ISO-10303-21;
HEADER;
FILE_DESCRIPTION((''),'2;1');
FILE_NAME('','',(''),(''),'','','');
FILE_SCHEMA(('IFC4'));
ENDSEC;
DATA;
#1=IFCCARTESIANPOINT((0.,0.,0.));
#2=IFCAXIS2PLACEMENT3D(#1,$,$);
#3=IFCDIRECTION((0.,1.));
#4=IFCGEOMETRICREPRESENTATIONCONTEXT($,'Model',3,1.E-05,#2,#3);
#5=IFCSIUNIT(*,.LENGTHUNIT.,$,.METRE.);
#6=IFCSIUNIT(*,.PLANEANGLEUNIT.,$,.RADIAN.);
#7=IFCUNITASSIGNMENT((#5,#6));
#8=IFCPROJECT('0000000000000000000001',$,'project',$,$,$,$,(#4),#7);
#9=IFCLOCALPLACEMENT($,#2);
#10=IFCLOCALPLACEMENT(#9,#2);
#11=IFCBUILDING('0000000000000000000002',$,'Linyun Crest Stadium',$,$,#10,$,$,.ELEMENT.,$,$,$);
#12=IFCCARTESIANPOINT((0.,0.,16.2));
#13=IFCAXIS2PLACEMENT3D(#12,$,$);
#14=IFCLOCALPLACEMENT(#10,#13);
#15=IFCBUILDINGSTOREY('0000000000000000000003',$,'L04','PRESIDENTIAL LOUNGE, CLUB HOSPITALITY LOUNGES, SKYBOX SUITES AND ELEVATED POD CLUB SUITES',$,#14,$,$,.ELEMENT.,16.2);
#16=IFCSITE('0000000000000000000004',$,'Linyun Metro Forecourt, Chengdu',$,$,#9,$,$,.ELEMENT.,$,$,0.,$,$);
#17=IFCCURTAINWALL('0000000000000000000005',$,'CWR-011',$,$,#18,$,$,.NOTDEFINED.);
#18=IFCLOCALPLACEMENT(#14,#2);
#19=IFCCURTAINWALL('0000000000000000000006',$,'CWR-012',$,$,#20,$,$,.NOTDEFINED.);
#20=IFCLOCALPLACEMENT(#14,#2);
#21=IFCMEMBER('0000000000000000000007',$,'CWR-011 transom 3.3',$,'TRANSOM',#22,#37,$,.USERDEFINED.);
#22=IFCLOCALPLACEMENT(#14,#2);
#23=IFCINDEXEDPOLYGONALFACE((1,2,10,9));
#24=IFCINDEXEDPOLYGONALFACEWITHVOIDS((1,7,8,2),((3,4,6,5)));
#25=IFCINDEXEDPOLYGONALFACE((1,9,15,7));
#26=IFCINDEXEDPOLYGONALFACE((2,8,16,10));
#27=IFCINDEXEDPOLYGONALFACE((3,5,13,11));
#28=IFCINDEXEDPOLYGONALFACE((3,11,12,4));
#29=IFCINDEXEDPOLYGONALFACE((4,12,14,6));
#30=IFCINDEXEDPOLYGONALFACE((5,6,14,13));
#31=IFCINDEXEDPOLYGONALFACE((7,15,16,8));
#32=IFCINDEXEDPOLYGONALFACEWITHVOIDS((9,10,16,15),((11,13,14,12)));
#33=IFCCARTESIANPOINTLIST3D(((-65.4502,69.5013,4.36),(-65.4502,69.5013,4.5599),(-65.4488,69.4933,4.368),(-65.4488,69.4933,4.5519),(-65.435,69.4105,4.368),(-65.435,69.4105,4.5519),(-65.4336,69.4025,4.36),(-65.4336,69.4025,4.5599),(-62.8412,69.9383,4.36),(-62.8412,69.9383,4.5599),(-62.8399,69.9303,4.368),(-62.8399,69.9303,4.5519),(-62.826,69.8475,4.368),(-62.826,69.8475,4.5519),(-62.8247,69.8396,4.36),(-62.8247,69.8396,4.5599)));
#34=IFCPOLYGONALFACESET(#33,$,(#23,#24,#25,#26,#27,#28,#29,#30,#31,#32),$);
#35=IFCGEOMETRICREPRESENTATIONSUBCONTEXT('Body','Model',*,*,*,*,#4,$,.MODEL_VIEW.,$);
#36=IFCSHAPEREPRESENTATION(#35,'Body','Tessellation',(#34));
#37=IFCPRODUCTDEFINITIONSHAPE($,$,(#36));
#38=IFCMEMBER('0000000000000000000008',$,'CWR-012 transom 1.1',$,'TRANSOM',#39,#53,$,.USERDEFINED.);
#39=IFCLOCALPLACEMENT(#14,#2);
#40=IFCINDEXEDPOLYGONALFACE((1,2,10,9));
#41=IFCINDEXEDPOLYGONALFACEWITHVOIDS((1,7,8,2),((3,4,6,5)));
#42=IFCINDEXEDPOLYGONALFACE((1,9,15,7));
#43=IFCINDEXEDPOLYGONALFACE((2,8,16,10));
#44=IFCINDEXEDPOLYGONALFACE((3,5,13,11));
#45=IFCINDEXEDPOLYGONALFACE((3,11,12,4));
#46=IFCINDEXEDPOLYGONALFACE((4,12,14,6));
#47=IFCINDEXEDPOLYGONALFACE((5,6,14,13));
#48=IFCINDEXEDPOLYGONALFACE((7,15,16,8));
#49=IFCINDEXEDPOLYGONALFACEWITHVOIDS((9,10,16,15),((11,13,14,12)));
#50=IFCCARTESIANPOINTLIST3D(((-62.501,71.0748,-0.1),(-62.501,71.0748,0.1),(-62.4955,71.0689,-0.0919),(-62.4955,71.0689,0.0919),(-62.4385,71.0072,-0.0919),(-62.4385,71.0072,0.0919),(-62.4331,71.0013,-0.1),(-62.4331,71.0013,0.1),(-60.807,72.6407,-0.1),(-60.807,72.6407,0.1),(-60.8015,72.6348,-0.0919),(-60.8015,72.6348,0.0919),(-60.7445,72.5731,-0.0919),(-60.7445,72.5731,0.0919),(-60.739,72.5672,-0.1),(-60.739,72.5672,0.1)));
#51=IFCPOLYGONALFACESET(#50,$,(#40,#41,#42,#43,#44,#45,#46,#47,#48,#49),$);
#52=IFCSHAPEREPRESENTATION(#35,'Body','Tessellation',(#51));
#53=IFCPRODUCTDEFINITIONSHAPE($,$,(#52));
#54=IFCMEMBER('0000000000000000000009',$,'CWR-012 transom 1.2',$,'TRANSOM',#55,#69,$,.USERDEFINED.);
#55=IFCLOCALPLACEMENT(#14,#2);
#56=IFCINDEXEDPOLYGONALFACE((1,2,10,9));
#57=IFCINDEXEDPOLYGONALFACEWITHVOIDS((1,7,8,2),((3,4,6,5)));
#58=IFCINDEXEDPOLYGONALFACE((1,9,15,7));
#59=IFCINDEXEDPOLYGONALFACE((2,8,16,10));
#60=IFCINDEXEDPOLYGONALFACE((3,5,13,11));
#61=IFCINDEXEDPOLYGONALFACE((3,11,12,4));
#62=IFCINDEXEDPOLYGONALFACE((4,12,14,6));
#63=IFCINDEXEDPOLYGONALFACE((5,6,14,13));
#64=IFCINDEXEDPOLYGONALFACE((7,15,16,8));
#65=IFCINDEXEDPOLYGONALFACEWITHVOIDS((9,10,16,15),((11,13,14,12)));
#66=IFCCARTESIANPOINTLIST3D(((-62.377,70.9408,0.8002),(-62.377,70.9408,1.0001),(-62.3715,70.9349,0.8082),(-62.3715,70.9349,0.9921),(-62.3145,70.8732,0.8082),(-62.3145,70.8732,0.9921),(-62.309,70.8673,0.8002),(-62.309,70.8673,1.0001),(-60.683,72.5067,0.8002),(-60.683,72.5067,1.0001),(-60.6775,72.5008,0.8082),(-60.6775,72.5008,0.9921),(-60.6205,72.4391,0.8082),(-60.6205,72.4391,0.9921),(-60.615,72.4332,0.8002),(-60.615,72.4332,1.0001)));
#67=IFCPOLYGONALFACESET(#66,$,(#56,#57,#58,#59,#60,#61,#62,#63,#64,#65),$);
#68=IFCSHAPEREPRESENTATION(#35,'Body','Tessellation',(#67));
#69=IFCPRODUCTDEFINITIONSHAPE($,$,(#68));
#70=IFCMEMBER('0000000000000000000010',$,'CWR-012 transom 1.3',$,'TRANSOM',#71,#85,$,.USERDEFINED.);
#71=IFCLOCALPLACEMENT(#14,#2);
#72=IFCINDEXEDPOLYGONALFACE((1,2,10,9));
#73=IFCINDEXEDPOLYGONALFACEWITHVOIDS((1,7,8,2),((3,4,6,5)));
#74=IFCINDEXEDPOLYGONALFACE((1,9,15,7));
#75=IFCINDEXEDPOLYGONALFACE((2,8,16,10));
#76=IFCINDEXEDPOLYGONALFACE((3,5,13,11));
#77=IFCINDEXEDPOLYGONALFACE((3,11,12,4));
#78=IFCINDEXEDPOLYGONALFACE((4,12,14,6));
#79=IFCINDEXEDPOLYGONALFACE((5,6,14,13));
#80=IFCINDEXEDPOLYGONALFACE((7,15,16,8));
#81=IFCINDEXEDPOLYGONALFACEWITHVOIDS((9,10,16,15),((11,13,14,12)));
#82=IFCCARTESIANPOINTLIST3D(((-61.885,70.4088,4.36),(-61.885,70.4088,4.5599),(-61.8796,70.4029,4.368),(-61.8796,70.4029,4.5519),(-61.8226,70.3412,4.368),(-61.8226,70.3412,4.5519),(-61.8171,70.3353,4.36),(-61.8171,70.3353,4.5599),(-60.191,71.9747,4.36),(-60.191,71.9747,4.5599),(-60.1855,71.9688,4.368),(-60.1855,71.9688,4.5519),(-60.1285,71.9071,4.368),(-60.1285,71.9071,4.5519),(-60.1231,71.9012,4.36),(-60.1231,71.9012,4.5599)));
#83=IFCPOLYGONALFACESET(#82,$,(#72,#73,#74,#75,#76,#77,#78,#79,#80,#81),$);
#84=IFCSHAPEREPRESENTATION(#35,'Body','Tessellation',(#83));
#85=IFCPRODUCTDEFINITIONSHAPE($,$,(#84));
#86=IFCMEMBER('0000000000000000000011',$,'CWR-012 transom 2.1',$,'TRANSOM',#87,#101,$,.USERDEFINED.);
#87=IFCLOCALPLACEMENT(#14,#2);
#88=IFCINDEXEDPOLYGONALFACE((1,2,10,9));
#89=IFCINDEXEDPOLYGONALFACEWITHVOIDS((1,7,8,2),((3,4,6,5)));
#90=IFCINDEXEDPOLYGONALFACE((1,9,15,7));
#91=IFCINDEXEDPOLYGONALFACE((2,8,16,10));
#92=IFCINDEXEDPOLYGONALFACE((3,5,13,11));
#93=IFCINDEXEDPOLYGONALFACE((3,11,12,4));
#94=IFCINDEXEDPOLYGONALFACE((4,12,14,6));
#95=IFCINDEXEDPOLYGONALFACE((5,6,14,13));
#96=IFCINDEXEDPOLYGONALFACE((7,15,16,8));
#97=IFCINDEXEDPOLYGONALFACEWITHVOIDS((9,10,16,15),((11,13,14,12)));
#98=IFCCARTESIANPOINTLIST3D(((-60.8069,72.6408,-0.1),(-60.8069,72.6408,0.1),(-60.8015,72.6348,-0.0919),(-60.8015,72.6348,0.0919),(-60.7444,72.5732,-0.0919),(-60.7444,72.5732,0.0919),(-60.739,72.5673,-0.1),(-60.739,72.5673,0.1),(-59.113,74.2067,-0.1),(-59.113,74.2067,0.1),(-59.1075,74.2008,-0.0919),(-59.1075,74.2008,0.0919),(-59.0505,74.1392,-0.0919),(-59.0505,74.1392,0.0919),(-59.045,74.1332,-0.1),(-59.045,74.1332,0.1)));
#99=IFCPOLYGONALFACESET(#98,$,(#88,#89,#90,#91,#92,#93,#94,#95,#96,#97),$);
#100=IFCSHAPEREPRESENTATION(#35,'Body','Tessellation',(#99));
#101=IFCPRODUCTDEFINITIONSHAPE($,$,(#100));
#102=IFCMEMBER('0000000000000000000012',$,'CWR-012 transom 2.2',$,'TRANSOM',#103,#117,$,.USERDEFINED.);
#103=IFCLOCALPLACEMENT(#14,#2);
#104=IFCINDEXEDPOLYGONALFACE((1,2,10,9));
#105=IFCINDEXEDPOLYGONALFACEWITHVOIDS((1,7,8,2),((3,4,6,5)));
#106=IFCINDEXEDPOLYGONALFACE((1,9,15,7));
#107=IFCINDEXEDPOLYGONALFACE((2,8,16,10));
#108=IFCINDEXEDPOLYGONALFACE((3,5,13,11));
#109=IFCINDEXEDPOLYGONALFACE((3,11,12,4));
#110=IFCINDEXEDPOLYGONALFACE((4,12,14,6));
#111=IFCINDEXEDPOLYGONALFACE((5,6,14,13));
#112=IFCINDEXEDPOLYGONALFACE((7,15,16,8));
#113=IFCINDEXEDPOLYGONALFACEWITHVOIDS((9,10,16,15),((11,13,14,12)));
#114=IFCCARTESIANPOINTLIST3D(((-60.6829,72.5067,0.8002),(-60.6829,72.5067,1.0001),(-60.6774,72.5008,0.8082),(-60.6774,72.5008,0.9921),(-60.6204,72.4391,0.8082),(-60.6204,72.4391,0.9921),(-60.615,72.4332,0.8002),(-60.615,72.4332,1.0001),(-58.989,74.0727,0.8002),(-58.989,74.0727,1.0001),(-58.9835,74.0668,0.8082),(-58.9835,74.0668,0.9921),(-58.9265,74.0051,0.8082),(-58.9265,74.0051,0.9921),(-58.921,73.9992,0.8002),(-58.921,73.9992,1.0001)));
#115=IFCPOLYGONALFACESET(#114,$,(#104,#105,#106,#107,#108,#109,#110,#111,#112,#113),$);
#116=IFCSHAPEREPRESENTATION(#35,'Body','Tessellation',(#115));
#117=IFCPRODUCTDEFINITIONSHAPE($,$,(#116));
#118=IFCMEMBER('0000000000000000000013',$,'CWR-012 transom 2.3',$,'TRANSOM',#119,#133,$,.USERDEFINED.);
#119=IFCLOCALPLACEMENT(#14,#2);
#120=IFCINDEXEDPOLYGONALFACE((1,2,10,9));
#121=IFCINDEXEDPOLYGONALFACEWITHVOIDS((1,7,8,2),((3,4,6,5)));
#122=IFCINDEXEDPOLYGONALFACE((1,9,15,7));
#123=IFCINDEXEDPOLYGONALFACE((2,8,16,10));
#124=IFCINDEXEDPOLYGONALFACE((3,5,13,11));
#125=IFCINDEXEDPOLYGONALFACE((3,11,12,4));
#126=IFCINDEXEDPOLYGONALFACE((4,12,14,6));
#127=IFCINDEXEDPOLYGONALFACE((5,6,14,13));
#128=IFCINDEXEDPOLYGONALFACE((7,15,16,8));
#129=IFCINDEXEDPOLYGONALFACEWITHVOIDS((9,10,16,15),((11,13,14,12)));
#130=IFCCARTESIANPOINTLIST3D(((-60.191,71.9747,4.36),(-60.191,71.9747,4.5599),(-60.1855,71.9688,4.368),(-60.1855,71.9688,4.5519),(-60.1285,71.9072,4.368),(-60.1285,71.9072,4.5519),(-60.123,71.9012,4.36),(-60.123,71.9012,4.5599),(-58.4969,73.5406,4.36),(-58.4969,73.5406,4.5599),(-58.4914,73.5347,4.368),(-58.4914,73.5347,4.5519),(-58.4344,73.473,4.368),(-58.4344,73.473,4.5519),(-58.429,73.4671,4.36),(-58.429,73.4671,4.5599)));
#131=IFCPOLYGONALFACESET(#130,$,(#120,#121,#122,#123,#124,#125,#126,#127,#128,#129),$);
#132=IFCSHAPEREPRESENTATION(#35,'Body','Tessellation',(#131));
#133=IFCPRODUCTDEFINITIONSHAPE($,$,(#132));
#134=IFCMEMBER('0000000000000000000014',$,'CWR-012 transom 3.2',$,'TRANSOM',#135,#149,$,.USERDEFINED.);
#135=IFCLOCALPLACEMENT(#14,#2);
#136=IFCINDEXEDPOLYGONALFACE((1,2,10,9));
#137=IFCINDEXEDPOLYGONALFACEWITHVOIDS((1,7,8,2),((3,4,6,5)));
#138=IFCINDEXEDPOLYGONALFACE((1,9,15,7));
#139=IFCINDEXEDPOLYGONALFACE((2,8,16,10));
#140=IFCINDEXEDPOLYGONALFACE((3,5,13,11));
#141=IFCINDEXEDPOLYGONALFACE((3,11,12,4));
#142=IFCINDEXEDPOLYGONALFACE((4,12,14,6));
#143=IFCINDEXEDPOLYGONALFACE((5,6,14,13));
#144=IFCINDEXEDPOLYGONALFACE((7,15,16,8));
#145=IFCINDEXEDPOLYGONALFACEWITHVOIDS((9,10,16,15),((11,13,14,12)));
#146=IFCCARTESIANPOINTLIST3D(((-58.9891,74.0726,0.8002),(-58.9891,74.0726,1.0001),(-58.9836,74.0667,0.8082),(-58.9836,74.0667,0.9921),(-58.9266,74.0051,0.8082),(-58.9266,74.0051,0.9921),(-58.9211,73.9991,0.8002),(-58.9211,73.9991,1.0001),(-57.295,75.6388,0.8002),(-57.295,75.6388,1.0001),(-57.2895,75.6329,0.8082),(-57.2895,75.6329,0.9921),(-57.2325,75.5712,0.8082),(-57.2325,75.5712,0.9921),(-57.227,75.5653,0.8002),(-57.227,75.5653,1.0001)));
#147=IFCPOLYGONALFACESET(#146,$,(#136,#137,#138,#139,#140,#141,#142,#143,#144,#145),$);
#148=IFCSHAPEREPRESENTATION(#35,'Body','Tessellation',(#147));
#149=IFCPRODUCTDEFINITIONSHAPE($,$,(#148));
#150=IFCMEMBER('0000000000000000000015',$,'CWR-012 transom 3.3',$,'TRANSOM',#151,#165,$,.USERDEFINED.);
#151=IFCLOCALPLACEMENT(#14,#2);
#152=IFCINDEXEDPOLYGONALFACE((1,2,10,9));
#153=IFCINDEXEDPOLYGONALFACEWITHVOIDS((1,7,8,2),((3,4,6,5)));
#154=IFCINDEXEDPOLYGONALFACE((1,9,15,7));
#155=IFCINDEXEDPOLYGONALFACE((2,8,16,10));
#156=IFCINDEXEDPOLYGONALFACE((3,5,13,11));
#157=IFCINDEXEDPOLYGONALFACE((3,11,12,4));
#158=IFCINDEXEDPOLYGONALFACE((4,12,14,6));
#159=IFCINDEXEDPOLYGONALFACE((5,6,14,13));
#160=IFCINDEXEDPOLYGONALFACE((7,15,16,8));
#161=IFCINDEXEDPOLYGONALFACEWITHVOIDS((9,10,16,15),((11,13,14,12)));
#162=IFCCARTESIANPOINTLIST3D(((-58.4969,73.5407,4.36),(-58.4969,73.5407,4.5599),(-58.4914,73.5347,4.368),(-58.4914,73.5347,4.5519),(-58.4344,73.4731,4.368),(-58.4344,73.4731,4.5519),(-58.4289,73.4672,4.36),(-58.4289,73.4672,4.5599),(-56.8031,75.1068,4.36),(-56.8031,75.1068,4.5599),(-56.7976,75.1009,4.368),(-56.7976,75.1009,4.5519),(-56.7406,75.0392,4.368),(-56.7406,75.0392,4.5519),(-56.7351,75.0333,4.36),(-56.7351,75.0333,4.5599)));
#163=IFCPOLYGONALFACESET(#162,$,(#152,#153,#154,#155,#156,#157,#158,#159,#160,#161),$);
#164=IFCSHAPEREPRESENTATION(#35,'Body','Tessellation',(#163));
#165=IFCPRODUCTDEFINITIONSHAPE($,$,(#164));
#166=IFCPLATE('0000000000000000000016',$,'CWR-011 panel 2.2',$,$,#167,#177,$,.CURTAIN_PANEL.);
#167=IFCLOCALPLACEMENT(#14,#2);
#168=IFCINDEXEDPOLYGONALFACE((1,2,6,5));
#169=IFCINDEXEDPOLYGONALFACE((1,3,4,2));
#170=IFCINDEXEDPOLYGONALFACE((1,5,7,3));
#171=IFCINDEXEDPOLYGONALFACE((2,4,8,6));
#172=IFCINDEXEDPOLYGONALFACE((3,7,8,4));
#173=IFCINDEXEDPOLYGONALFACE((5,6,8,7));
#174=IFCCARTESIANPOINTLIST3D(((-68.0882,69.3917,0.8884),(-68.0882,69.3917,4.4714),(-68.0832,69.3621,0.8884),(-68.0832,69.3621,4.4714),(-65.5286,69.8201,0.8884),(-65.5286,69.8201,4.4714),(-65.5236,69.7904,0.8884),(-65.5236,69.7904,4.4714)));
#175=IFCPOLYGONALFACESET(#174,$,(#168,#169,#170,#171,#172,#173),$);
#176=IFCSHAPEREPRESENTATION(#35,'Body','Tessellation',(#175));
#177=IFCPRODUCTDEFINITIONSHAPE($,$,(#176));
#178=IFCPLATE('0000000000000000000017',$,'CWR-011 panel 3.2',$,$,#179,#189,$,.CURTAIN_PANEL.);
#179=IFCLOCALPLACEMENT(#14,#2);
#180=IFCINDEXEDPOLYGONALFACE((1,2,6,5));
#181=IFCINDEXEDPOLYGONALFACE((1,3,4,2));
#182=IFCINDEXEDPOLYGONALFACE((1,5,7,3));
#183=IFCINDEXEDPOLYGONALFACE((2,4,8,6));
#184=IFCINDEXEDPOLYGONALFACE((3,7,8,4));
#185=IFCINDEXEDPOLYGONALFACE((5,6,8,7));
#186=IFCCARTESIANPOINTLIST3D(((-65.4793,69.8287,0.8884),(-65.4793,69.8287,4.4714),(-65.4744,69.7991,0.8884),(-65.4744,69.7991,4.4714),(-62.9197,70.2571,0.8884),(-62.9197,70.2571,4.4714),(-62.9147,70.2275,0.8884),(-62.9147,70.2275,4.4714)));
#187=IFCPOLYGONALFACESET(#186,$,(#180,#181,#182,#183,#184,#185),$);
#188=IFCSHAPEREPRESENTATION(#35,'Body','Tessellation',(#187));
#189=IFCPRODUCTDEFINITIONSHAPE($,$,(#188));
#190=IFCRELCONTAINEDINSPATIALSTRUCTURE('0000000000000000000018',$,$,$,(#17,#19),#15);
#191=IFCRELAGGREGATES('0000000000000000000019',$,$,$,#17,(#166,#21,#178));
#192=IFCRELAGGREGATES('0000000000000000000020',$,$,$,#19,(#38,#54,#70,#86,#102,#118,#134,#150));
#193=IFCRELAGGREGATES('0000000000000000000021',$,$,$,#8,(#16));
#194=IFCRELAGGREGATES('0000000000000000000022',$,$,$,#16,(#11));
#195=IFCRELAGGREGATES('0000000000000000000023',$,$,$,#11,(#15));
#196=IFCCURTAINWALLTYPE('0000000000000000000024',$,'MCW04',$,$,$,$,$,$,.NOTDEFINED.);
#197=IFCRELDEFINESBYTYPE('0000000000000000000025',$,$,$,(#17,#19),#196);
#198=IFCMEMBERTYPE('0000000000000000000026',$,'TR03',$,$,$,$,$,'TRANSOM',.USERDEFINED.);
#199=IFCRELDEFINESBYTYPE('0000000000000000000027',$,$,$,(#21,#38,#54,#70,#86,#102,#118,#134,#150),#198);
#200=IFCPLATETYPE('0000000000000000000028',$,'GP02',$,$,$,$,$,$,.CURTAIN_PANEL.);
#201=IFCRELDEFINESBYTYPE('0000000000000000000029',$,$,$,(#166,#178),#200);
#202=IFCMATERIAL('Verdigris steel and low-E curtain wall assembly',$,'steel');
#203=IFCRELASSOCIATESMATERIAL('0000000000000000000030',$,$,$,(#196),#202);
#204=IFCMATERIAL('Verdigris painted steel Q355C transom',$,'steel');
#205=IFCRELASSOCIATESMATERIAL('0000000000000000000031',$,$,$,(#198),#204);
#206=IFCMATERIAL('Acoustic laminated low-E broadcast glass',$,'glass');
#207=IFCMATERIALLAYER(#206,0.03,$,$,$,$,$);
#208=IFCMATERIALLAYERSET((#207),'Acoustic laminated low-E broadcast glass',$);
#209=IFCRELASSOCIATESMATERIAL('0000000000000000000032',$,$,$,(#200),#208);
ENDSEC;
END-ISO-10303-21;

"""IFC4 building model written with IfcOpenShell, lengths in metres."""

from ifc_helpers import new_model, si_unit, direction, frame, origin, origin_2d, place, context, subcontext, project, spatial, rectangle, hollow_rectangle, extrude, material, layer, layer_set, material_profile, profile_set, type_object, element, aggregate, save


model = new_model("IFC4")

# Units and contexts
model_context = context("Model", 3, precision=1e-05, world=origin(), true_north=direction((0.0, 1.0)))
body_context = subcontext(model_context, "Body", "Model", "MODEL_VIEW")
ifc_project = project(units=[si_unit("LENGTHUNIT", "METRE"), si_unit("PLANEANGLEUNIT", "RADIAN")], contexts=[model_context])

# Site, building, storey
site_placement = place(None, origin())
site = spatial("IfcSite", under=ifc_project, at=site_placement, Name="Linyun Metro Forecourt, Chengdu", CompositionType="ELEMENT", RefElevation=0.0)
building_placement = place(site_placement, origin())
building = spatial("IfcBuilding", under=site, at=building_placement, Name="Linyun Crest Stadium", CompositionType="ELEMENT")
storey_placement = place(building_placement, frame((0.0, 0.0, 16.2)))
storey = spatial("IfcBuildingStorey", under=building, at=storey_placement, Name="L04", Description="PRESIDENTIAL LOUNGE, CLUB HOSPITALITY LOUNGES, SKYBOX SUITES AND ELEVATED POD CLUB SUITES", CompositionType="ELEMENT", Elevation=16.2)

# Curtain walls
ifc_material_1 = material(Name="Verdigris steel and low-E curtain wall assembly", Category="steel")
curtain_wall_type = type_object("IfcCurtainWallType", Name="MCW04", PredefinedType="NOTDEFINED", material=ifc_material_1)
curtain_wall_1_placement = place(storey_placement, origin())
curtain_wall_1 = element("IfcCurtainWall", 1, at=curtain_wall_1_placement, inside=storey, type_object=curtain_wall_type, Name="CWR-011", PredefinedType="NOTDEFINED")
curtain_wall_2_placement = place(storey_placement, origin())
curtain_wall_2 = element("IfcCurtainWall", 2, at=curtain_wall_2_placement, inside=storey, type_object=curtain_wall_type, Name="CWR-012", PredefinedType="NOTDEFINED")

# Members
ifc_material_2 = material(Name="Verdigris painted steel Q355C transom", Category="steel")
ifc_material_profile_1 = material_profile(ifc_material_2, hollow_rectangle(XDim=0.1001, YDim=0.2, WallThickness=0.0081, at=origin_2d()), Name="RHS 200x100x8")
ifc_profile_set_1 = profile_set([ifc_material_profile_1], Name="Verdigris painted steel Q355C transom")
member_type_1 = type_object("IfcMemberType", Name="TR03", ElementType="TRANSOM", PredefinedType="USERDEFINED", material=ifc_profile_set_1)
member_1_placement = place(storey_placement, frame((-65.4419, 69.4519, 4.46), z_axis=(0.986259, 0.165207, 0.0), x_axis=(-0.165207, 0.986259, 0.0)))
member_1 = element("IfcMember", 3, at=member_1_placement, type_object=member_type_1, Name="CWR-011 transom 3.3", ObjectType="TRANSOM", PredefinedType="USERDEFINED", context=body_context, shape_type="SweptSolid", body=[
    extrude(hollow_rectangle(XDim=0.1001, YDim=0.2, WallThickness=0.0081, at=origin_2d()), origin(), (0.0, 0.0, 1.0), 2.6453),
])
member_2_placement = place(storey_placement, frame((-62.467, 71.0381, 0.0), z_axis=(0.734341, 0.678781, 0.0), x_axis=(-0.678781, 0.734341, 0.0)))
member_2 = element("IfcMember", 4, at=member_2_placement, type_object=member_type_1, Name="CWR-012 transom 1.1", ObjectType="TRANSOM", PredefinedType="USERDEFINED", context=body_context, shape_type="SweptSolid", body=[
    extrude(hollow_rectangle(XDim=0.1001, YDim=0.2, WallThickness=0.0081, at=origin_2d()), origin(), (0.0, 0.0, 1.0), 2.3069),
])
member_3_placement = place(storey_placement, frame((-62.343, 70.9041, 0.9001), z_axis=(0.734341, 0.678781, 0.0), x_axis=(-0.678781, 0.734341, 0.0)))
member_3 = element("IfcMember", 5, at=member_3_placement, type_object=member_type_1, Name="CWR-012 transom 1.2", ObjectType="TRANSOM", PredefinedType="USERDEFINED", context=body_context, shape_type="SweptSolid", body=[
    extrude(hollow_rectangle(XDim=0.1001, YDim=0.2, WallThickness=0.0081, at=origin_2d()), origin(), (0.0, 0.0, 1.0), 2.3069),
])
member_4_placement = place(storey_placement, frame((-61.8511, 70.3721, 4.46), z_axis=(0.734341, 0.678781, 0.0), x_axis=(-0.678781, 0.734341, 0.0)))
member_4 = element("IfcMember", 6, at=member_4_placement, type_object=member_type_1, Name="CWR-012 transom 1.3", ObjectType="TRANSOM", PredefinedType="USERDEFINED", context=body_context, shape_type="SweptSolid", body=[
    extrude(hollow_rectangle(XDim=0.1001, YDim=0.2, WallThickness=0.0081, at=origin_2d()), origin(), (0.0, 0.0, 1.0), 2.3069),
])
member_5_placement = place(storey_placement, frame((-60.7729, 72.604, 0.0), z_axis=(0.734292, 0.678834, 0.0), x_axis=(-0.678834, 0.734292, 0.0)))
member_5 = element("IfcMember", 7, at=member_5_placement, type_object=member_type_1, Name="CWR-012 transom 2.1", ObjectType="TRANSOM", PredefinedType="USERDEFINED", context=body_context, shape_type="SweptSolid", body=[
    extrude(hollow_rectangle(XDim=0.1001, YDim=0.2, WallThickness=0.0081, at=origin_2d()), origin(), (0.0, 0.0, 1.0), 2.3069),
])
member_6_placement = place(storey_placement, frame((-60.6489, 72.47, 0.9001), z_axis=(0.734292, 0.678834, 0.0), x_axis=(-0.678834, 0.734292, 0.0)))
member_6 = element("IfcMember", 8, at=member_6_placement, type_object=member_type_1, Name="CWR-012 transom 2.2", ObjectType="TRANSOM", PredefinedType="USERDEFINED", context=body_context, shape_type="SweptSolid", body=[
    extrude(hollow_rectangle(XDim=0.1001, YDim=0.2, WallThickness=0.0081, at=origin_2d()), origin(), (0.0, 0.0, 1.0), 2.3069),
])
member_7_placement = place(storey_placement, frame((-60.157, 71.938, 4.46), z_axis=(0.734341, 0.678781, 0.0), x_axis=(-0.678781, 0.734341, 0.0)))
member_7 = element("IfcMember", 9, at=member_7_placement, type_object=member_type_1, Name="CWR-012 transom 2.3", ObjectType="TRANSOM", PredefinedType="USERDEFINED", context=body_context, shape_type="SweptSolid", body=[
    extrude(hollow_rectangle(XDim=0.1001, YDim=0.2, WallThickness=0.0081, at=origin_2d()), origin(), (0.0, 0.0, 1.0), 2.3069),
])
member_8_placement = place(storey_placement, frame((-58.9551, 74.0359, 0.9001), z_axis=(0.734288, 0.678838, 0.0), x_axis=(-0.678838, 0.734288, 0.0)))
member_8 = element("IfcMember", 10, at=member_8_placement, type_object=member_type_1, Name="CWR-012 transom 3.2", ObjectType="TRANSOM", PredefinedType="USERDEFINED", context=body_context, shape_type="SweptSolid", body=[
    extrude(hollow_rectangle(XDim=0.1001, YDim=0.2, WallThickness=0.0081, at=origin_2d()), origin(), (0.0, 0.0, 1.0), 2.3071),
])
member_9_placement = place(storey_placement, frame((-58.4629, 73.5039, 4.46), z_axis=(0.734239, 0.678891, 0.0), x_axis=(-0.678891, 0.734239, 0.0)))
member_9 = element("IfcMember", 11, at=member_9_placement, type_object=member_type_1, Name="CWR-012 transom 3.3", ObjectType="TRANSOM", PredefinedType="USERDEFINED", context=body_context, shape_type="SweptSolid", body=[
    extrude(hollow_rectangle(XDim=0.1001, YDim=0.2, WallThickness=0.0081, at=origin_2d()), origin(), (0.0, 0.0, 1.0), 2.3069),
])

# Plates
ifc_material_3 = material(Name="Acoustic laminated low-E broadcast glass", Category="glass")
ifc_layer_1 = layer(ifc_material_3, 0.03)
ifc_layer_set_1 = layer_set([ifc_layer_1], Name="Acoustic laminated low-E broadcast glass")
plate_type_1 = type_object("IfcPlateType", Name="GP02", PredefinedType="CURTAIN_PANEL", material=ifc_layer_set_1)
plate_1_placement = place(storey_placement, frame((-66.8059, 69.5911, 0.8884), z_axis=(0.0, 0.0, 1.0), x_axis=(0.986283, 0.165065, 0.0)))
plate_1 = element("IfcPlate", 12, at=plate_1_placement, type_object=plate_type_1, Name="CWR-011 panel 2.2", PredefinedType="CURTAIN_PANEL", context=body_context, shape_type="SweptSolid", body=[
    extrude(rectangle(XDim=2.5952, YDim=0.03, at=origin_2d()), origin(), (0.0, 0.0, 1.0), 3.583),
])
plate_2_placement = place(storey_placement, frame((-64.197, 70.0281, 0.8884), z_axis=(0.0, 0.0, 1.0), x_axis=(0.986283, 0.165065, 0.0)))
plate_2 = element("IfcPlate", 13, at=plate_2_placement, type_object=plate_type_1, Name="CWR-011 panel 3.2", PredefinedType="CURTAIN_PANEL", context=body_context, shape_type="SweptSolid", body=[
    extrude(rectangle(XDim=2.5952, YDim=0.03, at=origin_2d()), origin(), (0.0, 0.0, 1.0), 3.583),
])
aggregate(curtain_wall_1, [plate_1, member_1, plate_2])
aggregate(curtain_wall_2, [member_2, member_3, member_4, member_5, member_6, member_7, member_8, member_9])

save(model, "model.ifc")
